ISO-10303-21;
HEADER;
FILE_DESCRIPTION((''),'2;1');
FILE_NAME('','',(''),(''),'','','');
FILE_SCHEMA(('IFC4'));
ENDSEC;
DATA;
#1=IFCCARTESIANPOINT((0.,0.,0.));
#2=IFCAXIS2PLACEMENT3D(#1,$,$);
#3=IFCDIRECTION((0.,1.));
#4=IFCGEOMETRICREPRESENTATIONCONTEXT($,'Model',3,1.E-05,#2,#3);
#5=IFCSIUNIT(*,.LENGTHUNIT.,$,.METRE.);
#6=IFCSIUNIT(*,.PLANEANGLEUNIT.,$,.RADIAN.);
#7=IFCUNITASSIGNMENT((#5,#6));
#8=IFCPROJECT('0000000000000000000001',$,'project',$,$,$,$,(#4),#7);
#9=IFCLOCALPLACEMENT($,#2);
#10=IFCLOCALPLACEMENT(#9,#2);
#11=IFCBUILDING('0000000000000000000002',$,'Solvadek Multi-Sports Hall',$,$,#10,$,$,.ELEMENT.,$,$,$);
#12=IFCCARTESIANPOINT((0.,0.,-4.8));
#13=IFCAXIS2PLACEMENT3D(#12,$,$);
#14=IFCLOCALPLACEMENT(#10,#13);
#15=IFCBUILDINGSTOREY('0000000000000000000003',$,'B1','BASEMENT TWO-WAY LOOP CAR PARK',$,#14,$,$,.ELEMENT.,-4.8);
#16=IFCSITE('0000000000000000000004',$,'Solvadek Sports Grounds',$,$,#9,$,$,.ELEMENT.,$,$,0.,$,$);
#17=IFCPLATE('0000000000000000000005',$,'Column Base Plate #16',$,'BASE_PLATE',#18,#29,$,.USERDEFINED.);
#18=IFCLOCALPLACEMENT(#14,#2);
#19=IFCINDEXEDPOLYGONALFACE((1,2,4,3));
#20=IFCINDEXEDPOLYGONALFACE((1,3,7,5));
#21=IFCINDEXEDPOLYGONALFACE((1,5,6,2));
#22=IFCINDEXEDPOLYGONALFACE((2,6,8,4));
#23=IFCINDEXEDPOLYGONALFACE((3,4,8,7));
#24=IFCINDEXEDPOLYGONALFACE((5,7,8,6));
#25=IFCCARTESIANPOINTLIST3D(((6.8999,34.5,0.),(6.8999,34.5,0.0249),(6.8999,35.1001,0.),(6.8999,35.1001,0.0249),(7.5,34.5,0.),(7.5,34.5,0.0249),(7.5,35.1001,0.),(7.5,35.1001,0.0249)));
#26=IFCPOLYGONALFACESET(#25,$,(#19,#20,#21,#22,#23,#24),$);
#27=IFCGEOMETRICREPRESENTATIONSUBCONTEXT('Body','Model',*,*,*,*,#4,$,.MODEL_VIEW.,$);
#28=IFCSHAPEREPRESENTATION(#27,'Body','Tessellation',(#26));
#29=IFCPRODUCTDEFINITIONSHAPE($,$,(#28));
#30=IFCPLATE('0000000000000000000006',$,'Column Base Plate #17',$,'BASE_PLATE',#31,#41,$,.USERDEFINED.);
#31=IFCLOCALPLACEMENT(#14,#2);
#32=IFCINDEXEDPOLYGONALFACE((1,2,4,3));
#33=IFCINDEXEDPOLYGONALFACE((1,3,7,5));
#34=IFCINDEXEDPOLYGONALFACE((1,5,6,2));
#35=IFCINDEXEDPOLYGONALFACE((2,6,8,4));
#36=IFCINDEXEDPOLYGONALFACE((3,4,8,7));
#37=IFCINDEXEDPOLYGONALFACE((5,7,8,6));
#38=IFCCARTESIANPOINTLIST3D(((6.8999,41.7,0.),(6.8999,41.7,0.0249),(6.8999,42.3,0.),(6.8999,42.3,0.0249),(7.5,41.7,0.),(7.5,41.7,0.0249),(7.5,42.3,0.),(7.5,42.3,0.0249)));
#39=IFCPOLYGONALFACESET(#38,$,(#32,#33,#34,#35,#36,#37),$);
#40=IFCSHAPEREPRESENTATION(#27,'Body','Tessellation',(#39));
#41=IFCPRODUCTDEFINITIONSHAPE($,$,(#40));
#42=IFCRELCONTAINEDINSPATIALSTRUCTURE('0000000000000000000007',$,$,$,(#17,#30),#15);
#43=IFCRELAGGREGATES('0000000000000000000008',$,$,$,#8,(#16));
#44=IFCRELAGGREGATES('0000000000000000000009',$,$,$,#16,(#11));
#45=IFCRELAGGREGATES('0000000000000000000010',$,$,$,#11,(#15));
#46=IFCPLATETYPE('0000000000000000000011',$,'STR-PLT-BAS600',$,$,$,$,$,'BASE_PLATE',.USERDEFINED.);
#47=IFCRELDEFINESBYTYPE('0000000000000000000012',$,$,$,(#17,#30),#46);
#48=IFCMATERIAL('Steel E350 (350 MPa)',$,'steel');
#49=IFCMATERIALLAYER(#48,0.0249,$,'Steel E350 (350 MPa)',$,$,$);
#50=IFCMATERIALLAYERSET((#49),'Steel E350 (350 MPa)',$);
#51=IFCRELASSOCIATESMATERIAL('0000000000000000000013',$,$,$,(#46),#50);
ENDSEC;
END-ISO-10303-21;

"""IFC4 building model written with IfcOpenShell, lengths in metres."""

from ifc_helpers import new_model, si_unit, direction, frame, origin, origin_2d, place, context, subcontext, project, spatial, rectangle, extrude, material, layer, layer_set, type_object, element, save


model = new_model("IFC4")

# Units and contexts
model_context = context("Model", 3, precision=1e-05, world=origin(), true_north=direction((0.0, 1.0)))
body_context = subcontext(model_context, "Body", "Model", "MODEL_VIEW")
ifc_project = project(units=[si_unit("LENGTHUNIT", "METRE"), si_unit("PLANEANGLEUNIT", "RADIAN")], contexts=[model_context])

# Site, building, storey
site_placement = place(None, origin())
site = spatial("IfcSite", under=ifc_project, at=site_placement, Name="Solvadek Sports Grounds", CompositionType="ELEMENT", RefElevation=0.0)
building_placement = place(site_placement, origin())
building = spatial("IfcBuilding", under=site, at=building_placement, Name="Solvadek Multi-Sports Hall", CompositionType="ELEMENT")
storey_placement = place(building_placement, frame((0.0, 0.0, -4.8)))
storey = spatial("IfcBuildingStorey", under=building, at=storey_placement, Name="B1", Description="BASEMENT TWO-WAY LOOP CAR PARK", CompositionType="ELEMENT", Elevation=-4.8)

# Shared definitions
ifc_material_1 = material(Name="Steel E350 (350 MPa)", Category="steel")

# Plates
ifc_layer = layer(ifc_material_1, 0.0249, Name="Steel E350 (350 MPa)")
ifc_layer_set = layer_set([ifc_layer], Name="Steel E350 (350 MPa)")
plate_type = type_object("IfcPlateType", Name="STR-PLT-BAS600", ElementType="BASE_PLATE", PredefinedType="USERDEFINED", material=ifc_layer_set)
for number, where, z_axis, x_axis, name in (
    (1, (7.2, 34.8, 0.0), (0.0, 0.0, 1.0), (1.0, 0.0, 0.0), "Column Base Plate #16"),
    (2, (7.2, 42.0, 0.0), (0.0, 0.0, 1.0), (1.0, 0.0, 0.0), "Column Base Plate #17"),
):
    element("IfcPlate", number, at=place(storey_placement, frame(where, z_axis=z_axis, x_axis=x_axis)), inside=storey, type_object=plate_type, Name=name, ObjectType="BASE_PLATE", PredefinedType="USERDEFINED", context=body_context, shape_type="SweptSolid", body=[
        extrude(rectangle(XDim=0.6001, YDim=0.6001, at=origin_2d()), origin(), (0.0, 0.0, 1.0), 0.0249),
    ])

save(model, "model.ifc")
